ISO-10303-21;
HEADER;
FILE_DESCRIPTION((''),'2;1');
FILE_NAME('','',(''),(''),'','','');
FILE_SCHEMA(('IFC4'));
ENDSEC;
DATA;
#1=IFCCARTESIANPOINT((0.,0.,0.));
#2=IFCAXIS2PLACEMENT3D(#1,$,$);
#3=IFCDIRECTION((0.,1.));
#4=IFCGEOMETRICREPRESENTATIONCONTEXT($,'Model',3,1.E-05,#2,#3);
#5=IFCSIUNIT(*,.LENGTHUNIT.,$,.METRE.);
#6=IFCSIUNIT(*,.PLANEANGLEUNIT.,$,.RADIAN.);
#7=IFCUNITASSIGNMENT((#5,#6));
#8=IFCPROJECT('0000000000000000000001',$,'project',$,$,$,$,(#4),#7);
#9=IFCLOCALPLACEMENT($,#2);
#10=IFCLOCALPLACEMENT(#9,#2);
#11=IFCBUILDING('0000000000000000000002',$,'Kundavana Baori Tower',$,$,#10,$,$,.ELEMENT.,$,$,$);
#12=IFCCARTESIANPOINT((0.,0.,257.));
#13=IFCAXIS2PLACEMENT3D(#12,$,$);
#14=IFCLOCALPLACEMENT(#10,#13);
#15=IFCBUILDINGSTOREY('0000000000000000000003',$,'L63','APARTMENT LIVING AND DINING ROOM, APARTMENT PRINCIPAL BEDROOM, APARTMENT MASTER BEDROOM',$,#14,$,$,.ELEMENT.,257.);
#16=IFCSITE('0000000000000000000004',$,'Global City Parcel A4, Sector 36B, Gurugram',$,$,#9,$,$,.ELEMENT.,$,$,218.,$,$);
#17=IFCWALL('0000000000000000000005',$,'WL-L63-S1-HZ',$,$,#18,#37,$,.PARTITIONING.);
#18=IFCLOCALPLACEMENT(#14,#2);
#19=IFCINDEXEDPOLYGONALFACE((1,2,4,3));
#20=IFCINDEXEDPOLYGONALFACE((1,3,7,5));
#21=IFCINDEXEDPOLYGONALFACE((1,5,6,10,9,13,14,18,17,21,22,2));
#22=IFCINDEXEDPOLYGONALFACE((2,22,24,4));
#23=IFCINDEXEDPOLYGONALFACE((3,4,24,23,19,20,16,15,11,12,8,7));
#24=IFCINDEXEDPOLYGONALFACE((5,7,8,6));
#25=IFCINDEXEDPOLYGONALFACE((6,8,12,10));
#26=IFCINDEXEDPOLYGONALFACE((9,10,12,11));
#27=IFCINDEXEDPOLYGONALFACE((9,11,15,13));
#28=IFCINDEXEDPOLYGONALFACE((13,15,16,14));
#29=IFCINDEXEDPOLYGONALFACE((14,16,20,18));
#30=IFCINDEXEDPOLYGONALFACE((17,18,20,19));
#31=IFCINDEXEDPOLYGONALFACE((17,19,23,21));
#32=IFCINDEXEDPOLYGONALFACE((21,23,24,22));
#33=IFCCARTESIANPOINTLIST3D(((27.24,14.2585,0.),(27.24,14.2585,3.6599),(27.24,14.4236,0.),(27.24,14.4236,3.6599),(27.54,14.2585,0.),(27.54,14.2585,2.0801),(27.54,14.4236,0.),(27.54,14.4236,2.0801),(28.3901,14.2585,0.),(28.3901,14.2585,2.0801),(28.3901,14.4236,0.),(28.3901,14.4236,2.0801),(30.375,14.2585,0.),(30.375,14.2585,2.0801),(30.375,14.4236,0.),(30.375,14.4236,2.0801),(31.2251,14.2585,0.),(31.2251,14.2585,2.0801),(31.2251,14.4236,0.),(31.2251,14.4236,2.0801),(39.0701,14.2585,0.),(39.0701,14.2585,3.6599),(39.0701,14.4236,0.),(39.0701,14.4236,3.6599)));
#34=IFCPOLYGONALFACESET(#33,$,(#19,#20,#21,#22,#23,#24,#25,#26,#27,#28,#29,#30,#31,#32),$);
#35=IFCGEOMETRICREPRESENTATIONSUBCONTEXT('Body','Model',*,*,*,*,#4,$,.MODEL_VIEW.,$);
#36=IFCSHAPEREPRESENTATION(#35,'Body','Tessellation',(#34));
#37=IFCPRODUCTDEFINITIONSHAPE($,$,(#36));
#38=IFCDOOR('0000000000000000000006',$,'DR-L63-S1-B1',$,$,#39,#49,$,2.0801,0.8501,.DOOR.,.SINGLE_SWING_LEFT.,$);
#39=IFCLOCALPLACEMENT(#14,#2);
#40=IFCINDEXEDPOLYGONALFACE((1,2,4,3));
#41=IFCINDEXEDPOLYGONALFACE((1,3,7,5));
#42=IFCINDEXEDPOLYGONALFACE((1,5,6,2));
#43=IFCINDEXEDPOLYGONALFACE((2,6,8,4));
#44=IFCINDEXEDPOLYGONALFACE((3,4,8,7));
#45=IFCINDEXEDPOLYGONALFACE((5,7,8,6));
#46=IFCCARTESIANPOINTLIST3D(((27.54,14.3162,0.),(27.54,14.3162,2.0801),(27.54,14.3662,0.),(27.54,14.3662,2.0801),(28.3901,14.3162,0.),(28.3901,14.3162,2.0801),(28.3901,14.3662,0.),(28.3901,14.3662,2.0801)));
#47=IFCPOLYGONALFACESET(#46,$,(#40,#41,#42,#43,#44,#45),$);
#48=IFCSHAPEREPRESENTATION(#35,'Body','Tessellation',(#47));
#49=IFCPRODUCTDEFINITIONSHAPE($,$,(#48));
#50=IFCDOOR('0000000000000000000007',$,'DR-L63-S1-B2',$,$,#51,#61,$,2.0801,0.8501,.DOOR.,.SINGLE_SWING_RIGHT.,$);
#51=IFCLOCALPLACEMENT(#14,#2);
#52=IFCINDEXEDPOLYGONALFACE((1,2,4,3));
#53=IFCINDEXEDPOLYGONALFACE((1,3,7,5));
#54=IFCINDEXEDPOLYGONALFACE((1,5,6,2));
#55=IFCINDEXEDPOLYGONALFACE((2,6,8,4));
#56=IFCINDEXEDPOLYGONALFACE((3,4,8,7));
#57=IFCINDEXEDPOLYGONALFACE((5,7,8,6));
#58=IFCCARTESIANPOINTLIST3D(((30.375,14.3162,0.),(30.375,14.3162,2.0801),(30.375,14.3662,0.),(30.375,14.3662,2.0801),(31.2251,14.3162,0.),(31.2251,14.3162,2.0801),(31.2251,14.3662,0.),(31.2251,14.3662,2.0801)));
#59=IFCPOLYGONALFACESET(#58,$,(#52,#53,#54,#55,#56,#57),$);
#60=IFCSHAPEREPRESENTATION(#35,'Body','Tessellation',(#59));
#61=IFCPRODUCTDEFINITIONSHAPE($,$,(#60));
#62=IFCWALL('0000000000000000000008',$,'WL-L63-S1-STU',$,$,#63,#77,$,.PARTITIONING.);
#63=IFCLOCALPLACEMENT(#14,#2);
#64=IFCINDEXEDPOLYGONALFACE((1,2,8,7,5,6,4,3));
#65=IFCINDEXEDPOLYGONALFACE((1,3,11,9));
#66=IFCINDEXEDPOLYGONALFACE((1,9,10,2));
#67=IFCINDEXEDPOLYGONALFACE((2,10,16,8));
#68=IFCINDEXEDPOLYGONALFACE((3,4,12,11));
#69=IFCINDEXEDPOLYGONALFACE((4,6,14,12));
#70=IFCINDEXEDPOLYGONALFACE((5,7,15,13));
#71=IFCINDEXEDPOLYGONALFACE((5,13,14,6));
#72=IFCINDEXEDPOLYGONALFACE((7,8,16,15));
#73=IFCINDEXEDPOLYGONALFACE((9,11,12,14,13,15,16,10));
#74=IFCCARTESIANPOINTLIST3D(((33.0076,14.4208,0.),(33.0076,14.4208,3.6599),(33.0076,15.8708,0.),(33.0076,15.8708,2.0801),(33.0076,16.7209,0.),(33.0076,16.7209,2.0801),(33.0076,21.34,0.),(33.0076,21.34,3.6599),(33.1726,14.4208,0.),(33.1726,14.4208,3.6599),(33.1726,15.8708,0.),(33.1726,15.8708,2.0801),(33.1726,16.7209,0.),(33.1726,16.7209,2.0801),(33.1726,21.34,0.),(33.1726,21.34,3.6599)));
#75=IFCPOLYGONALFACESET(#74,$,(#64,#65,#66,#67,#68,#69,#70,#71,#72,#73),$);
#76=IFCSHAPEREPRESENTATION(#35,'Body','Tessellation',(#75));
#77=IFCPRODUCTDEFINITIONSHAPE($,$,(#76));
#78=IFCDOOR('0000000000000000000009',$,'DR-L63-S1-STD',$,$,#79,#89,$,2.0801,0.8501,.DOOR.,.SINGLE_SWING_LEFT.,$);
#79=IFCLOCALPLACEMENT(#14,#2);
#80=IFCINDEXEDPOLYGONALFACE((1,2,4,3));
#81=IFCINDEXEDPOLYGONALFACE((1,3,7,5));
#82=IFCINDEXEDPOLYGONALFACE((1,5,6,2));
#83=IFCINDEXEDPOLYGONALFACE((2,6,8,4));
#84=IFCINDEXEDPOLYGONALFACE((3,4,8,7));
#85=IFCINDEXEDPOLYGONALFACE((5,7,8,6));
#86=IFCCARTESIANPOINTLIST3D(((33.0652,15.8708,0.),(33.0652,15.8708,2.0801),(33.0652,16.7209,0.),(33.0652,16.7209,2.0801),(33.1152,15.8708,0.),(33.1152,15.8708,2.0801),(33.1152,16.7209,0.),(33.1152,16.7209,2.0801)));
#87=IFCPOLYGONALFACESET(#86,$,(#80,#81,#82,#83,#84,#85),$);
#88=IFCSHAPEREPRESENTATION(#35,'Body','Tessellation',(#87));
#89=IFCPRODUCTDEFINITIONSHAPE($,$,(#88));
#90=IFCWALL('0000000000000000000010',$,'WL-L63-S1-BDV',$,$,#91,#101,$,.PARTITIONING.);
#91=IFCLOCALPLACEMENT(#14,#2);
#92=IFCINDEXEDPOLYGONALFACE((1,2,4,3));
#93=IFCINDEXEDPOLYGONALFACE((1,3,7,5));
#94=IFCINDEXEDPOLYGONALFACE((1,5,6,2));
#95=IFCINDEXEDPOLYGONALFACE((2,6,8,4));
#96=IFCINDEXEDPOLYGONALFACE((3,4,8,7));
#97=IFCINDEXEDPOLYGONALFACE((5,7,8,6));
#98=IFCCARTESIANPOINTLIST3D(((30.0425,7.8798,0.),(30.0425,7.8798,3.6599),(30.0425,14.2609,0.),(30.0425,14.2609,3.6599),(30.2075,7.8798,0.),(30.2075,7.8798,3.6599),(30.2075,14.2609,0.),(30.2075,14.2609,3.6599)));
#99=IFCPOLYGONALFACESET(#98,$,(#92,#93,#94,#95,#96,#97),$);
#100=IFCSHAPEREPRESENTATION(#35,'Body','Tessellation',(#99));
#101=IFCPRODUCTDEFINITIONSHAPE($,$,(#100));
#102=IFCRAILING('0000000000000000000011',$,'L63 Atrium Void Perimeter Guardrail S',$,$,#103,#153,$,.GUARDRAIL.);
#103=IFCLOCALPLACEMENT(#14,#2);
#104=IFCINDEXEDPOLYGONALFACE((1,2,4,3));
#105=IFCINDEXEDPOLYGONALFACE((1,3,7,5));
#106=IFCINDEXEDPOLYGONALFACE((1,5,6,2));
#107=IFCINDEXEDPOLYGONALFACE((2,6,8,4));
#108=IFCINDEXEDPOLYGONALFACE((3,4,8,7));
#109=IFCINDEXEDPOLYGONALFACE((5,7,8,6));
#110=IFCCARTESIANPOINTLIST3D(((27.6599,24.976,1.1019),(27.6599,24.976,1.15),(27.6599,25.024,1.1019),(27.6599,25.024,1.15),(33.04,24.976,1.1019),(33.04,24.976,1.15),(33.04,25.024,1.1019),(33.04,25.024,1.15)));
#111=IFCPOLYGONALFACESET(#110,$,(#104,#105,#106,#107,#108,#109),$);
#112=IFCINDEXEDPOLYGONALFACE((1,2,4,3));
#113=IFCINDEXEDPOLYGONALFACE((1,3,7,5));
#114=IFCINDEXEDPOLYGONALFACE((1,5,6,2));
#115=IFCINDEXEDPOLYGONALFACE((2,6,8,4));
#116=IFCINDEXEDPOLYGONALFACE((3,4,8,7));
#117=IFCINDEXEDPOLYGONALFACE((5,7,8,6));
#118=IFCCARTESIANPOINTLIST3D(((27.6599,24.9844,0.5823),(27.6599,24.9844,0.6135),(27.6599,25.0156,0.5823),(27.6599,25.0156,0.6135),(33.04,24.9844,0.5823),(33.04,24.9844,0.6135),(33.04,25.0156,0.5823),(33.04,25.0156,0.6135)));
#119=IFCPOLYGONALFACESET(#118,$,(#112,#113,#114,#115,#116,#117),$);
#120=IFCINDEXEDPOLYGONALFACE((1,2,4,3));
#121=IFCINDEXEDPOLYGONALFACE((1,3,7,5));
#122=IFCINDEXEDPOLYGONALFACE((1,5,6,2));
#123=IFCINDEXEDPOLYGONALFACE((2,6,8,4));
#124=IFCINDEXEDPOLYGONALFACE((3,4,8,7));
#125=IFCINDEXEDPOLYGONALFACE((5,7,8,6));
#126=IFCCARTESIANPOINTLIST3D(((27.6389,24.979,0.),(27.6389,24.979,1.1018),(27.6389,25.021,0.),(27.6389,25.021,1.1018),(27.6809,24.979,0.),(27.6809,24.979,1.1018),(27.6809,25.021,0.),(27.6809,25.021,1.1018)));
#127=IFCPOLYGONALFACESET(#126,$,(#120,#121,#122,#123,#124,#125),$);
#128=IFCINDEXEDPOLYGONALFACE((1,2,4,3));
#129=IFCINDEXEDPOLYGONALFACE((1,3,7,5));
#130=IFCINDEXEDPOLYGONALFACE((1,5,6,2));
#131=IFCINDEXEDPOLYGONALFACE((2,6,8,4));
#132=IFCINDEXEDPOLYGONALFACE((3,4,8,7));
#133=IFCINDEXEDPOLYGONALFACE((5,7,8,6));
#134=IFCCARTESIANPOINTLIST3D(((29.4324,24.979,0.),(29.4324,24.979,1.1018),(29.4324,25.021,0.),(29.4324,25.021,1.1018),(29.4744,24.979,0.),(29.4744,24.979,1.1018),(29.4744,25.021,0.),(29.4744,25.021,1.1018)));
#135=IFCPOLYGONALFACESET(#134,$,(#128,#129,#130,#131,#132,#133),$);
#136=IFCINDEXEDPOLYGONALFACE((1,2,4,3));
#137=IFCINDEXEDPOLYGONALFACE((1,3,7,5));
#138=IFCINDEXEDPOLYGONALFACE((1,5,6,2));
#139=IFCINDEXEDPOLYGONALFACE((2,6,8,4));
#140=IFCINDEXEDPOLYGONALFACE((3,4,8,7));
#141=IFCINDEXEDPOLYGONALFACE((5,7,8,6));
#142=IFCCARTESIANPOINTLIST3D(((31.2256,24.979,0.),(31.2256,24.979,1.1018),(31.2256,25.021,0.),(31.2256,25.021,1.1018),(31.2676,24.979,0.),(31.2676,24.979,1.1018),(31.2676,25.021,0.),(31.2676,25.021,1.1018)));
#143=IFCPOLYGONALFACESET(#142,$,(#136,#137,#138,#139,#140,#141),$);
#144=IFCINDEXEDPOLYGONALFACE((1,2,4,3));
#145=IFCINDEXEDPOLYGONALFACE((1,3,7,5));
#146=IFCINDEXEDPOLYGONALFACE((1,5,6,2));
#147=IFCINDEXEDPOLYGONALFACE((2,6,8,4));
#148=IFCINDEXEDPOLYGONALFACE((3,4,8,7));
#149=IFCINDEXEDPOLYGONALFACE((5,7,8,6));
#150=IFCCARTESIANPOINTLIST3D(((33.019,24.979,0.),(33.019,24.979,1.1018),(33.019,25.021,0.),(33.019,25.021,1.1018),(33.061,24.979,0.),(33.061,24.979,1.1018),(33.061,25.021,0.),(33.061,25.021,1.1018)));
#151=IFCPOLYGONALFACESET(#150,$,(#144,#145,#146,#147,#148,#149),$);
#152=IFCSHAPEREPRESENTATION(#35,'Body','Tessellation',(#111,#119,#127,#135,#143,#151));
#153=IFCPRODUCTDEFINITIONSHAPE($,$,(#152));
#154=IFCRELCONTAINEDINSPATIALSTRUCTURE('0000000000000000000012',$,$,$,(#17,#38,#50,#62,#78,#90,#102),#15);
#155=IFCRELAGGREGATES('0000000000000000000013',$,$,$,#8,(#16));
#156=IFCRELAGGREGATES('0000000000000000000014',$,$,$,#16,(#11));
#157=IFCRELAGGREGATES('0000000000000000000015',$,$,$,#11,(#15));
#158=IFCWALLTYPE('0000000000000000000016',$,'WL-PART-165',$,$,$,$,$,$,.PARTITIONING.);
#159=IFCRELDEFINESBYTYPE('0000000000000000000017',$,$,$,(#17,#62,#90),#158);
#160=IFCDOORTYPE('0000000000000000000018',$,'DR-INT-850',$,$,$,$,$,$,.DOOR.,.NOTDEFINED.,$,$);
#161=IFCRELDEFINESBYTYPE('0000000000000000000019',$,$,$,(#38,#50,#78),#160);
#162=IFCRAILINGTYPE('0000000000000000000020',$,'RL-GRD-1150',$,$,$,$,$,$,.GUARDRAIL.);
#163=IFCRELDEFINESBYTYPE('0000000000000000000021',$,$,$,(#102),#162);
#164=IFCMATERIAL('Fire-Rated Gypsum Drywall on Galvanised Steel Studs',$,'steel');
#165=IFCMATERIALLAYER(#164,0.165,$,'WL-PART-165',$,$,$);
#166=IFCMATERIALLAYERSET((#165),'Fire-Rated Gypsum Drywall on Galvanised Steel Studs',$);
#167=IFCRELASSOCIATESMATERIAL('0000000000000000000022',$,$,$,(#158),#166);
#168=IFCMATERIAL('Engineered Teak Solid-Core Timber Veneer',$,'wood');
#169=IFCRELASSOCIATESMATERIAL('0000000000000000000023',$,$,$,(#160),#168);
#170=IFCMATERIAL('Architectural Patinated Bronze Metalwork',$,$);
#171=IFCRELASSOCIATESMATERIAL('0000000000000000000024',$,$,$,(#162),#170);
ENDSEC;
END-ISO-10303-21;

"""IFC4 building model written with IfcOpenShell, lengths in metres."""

from ifc_helpers import new_model, si_unit, direction, frame, frame_2d, origin, origin_2d, place, context, subcontext, project, spatial, rectangle, extrude, material, layer, layer_set, type_object, element, fill, save


model = new_model("IFC4")

# Units and contexts
model_context = context("Model", 3, precision=1e-05, world=origin(), true_north=direction((0.0, 1.0)))
body_context = subcontext(model_context, "Body", "Model", "MODEL_VIEW")
ifc_project = project(units=[si_unit("LENGTHUNIT", "METRE"), si_unit("PLANEANGLEUNIT", "RADIAN")], contexts=[model_context])

# Site, building, storey
site_placement = place(None, origin())
site = spatial("IfcSite", under=ifc_project, at=site_placement, Name="Global City Parcel A4, Sector 36B, Gurugram", CompositionType="ELEMENT", RefElevation=218.0)
building_placement = place(site_placement, origin())
building = spatial("IfcBuilding", under=site, at=building_placement, Name="Kundavana Baori Tower", CompositionType="ELEMENT")
storey_placement = place(building_placement, frame((0.0, 0.0, 257.0)))
storey = spatial("IfcBuildingStorey", under=building, at=storey_placement, Name="L63", Description="APARTMENT LIVING AND DINING ROOM, APARTMENT PRINCIPAL BEDROOM, APARTMENT MASTER BEDROOM", CompositionType="ELEMENT", Elevation=257.0)

# Shared definitions
ifc_material_1 = material(Name="Fire-Rated Gypsum Drywall on Galvanised Steel Studs", Category="steel")
ifc_layer = layer(ifc_material_1, 0.165, Name="WL-PART-165")
ifc_layer_set = layer_set([ifc_layer], Name="Fire-Rated Gypsum Drywall on Galvanised Steel Studs")
wall_type = type_object("IfcWallType", Name="WL-PART-165", PredefinedType="PARTITIONING", material=ifc_layer_set)

# Wall, openings, doors
wall_1_placement = place(storey_placement, frame((27.24, 14.3411, 0.0), z_axis=(0.0, 0.0, 1.0), x_axis=(1.0, 0.0, 0.0)))
wall_1 = element("IfcWall", 1, at=wall_1_placement, inside=storey, type_object=wall_type, Name="WL-L63-S1-HZ", PredefinedType="PARTITIONING", context=body_context, shape_type="SweptSolid", body=[
    extrude(rectangle(XDim=11.8301, YDim=0.165, at=frame_2d((5.915, 0.0))), origin(), (0.0, 0.0, 1.0), 3.6599),
])
opening_1_placement = place(wall_1_placement, frame((0.3, 0.0, 0.0)))
opening_1 = element("IfcOpeningElement", 2, at=opening_1_placement, cuts=wall_1, PredefinedType="OPENING", context=body_context, shape_type="SweptSolid", body=[
    extrude(rectangle(XDim=0.8501, YDim=2.0801, at=frame_2d((0.425, 1.04))), frame((0.0, 0.0925, 0.0), z_axis=(0.0, -1.0, 0.0), x_axis=(1.0, 0.0, 0.0)), (0.0, 0.0, 1.0), 0.1851),
])
opening_2_placement = place(wall_1_placement, frame((3.135, 0.0, 0.0)))
opening_2 = element("IfcOpeningElement", 3, at=opening_2_placement, cuts=wall_1, PredefinedType="OPENING", context=body_context, shape_type="SweptSolid", body=[
    extrude(rectangle(XDim=0.8501, YDim=2.0801, at=frame_2d((0.425, 1.04))), frame((0.0, 0.0925, 0.0), z_axis=(0.0, -1.0, 0.0), x_axis=(1.0, 0.0, 0.0)), (0.0, 0.0, 1.0), 0.1851),
])
ifc_material_2 = material(Name="Engineered Teak Solid-Core Timber Veneer", Category="wood")
door_type_1 = type_object("IfcDoorType", Name="DR-INT-850", OperationType="NOTDEFINED", PredefinedType="DOOR", material=ifc_material_2)
door_1_placement = place(opening_1_placement, frame((0.8501, 0.0, 0.0), z_axis=(0.0, 0.0, 1.0), x_axis=(-1.0, 0.0, 0.0)))
door_1 = element("IfcDoor", 4, at=door_1_placement, inside=storey, type_object=door_type_1, Name="DR-L63-S1-B1", OperationType="SINGLE_SWING_LEFT", OverallHeight=2.0801, OverallWidth=0.8501, PredefinedType="DOOR", context=body_context, shape_type="SweptSolid", body=[
    extrude(rectangle(XDim=0.8501, YDim=2.0801, at=frame_2d((0.425, 1.04))), frame((0.0, 0.0249, 0.0), z_axis=(0.0, -1.0, 0.0), x_axis=(1.0, 0.0, 0.0)), (0.0, 0.0, 1.0), 0.05),
])
fill(opening_1, door_1)
door_2_placement = place(opening_2_placement, frame((0.8501, 0.0, 0.0), z_axis=(0.0, 0.0, 1.0), x_axis=(-1.0, 0.0, 0.0)))
door_2 = element("IfcDoor", 5, at=door_2_placement, inside=storey, type_object=door_type_1, Name="DR-L63-S1-B2", OperationType="SINGLE_SWING_RIGHT", OverallHeight=2.0801, OverallWidth=0.8501, PredefinedType="DOOR", context=body_context, shape_type="SweptSolid", body=[
    extrude(rectangle(XDim=0.8501, YDim=2.0801, at=frame_2d((0.425, 1.04))), frame((0.0, 0.0249, 0.0), z_axis=(0.0, -1.0, 0.0), x_axis=(1.0, 0.0, 0.0)), (0.0, 0.0, 1.0), 0.05),
])
fill(opening_2, door_2)

# Wall, opening, door
wall_2_placement = place(storey_placement, frame((33.0901, 14.4209, 0.0), z_axis=(0.0, 0.0, 1.0), x_axis=(0.0, 1.0, 0.0)))
wall_2 = element("IfcWall", 6, at=wall_2_placement, inside=storey, type_object=wall_type, Name="WL-L63-S1-STU", PredefinedType="PARTITIONING", context=body_context, shape_type="SweptSolid", body=[
    extrude(rectangle(XDim=6.9192, YDim=0.165, at=frame_2d((3.4595, 0.0))), origin(), (0.0, 0.0, 1.0), 3.6599),
])
opening_3_placement = place(wall_2_placement, frame((1.45, 0.0, 0.0)))
opening_3 = element("IfcOpeningElement", 7, at=opening_3_placement, cuts=wall_2, PredefinedType="OPENING", context=body_context, shape_type="SweptSolid", body=[
    extrude(rectangle(XDim=0.8501, YDim=2.0801, at=frame_2d((0.425, 1.04))), frame((0.0, 0.0925, 0.0), z_axis=(0.0, -1.0, 0.0), x_axis=(1.0, 0.0, 0.0)), (0.0, 0.0, 1.0), 0.1851),
])
door_3_placement = place(opening_3_placement, origin())
door_3 = element("IfcDoor", 8, at=door_3_placement, inside=storey, type_object=door_type_1, Name="DR-L63-S1-STD", OperationType="SINGLE_SWING_LEFT", OverallHeight=2.0801, OverallWidth=0.8501, PredefinedType="DOOR", context=body_context, shape_type="SweptSolid", body=[
    extrude(rectangle(XDim=0.8501, YDim=2.0801, at=frame_2d((0.425, 1.04))), frame((0.0, 0.0249, 0.0), z_axis=(0.0, -1.0, 0.0), x_axis=(1.0, 0.0, 0.0)), (0.0, 0.0, 1.0), 0.05),
])
fill(opening_3, door_3)

# Wall
wall_3_placement = place(storey_placement, frame((30.125, 7.8799, 0.0), z_axis=(0.0, 0.0, 1.0), x_axis=(0.0, 1.0, 0.0)))
element("IfcWall", 9, at=wall_3_placement, inside=storey, type_object=wall_type, Name="WL-L63-S1-BDV", PredefinedType="PARTITIONING", context=body_context, shape_type="SweptSolid", body=[
    extrude(rectangle(XDim=6.3811, YDim=0.165, at=frame_2d((3.1904, 0.0))), origin(), (0.0, 0.0, 1.0), 3.6599),
])

# Railing
ifc_material_3 = material(Name="Architectural Patinated Bronze Metalwork")
railing_type = type_object("IfcRailingType", Name="RL-GRD-1150", PredefinedType="GUARDRAIL", material=ifc_material_3)
railing_1_placement = place(storey_placement, frame((27.6599, 25.0, 0.0)))
element("IfcRailing", 10, at=railing_1_placement, inside=storey, type_object=railing_type, Name="L63 Atrium Void Perimeter Guardrail S", PredefinedType="GUARDRAIL", context=body_context, shape_type="SweptSolid", body=[
    extrude(rectangle(XDim=0.0481, YDim=0.0481, at=origin_2d()), frame((0.0, 0.0, 1.126), z_axis=(1.0, 0.0, 0.0), x_axis=(0.0, 1.0, 0.0)), (0.0, 0.0, 1.0), 5.3801),
    extrude(rectangle(XDim=0.0312, YDim=0.0312, at=origin_2d()), frame((0.0, 0.0, 0.5979), z_axis=(1.0, 0.0, 0.0), x_axis=(0.0, 1.0, 0.0)), (0.0, 0.0, 1.0), 5.3801),
    extrude(rectangle(XDim=0.042, YDim=0.042, at=origin_2d()), origin(), (0.0, 0.0, 1.0), 1.1018),
    extrude(rectangle(XDim=0.042, YDim=0.042, at=origin_2d()), frame((1.7935, 0.0, 0.0)), (0.0, 0.0, 1.0), 1.1018),
    extrude(rectangle(XDim=0.042, YDim=0.042, at=origin_2d()), frame((3.5867, 0.0, 0.0)), (0.0, 0.0, 1.0), 1.1018),
    extrude(rectangle(XDim=0.042, YDim=0.042, at=origin_2d()), frame((5.3801, 0.0, 0.0)), (0.0, 0.0, 1.0), 1.1018),
])

save(model, "model.ifc")
